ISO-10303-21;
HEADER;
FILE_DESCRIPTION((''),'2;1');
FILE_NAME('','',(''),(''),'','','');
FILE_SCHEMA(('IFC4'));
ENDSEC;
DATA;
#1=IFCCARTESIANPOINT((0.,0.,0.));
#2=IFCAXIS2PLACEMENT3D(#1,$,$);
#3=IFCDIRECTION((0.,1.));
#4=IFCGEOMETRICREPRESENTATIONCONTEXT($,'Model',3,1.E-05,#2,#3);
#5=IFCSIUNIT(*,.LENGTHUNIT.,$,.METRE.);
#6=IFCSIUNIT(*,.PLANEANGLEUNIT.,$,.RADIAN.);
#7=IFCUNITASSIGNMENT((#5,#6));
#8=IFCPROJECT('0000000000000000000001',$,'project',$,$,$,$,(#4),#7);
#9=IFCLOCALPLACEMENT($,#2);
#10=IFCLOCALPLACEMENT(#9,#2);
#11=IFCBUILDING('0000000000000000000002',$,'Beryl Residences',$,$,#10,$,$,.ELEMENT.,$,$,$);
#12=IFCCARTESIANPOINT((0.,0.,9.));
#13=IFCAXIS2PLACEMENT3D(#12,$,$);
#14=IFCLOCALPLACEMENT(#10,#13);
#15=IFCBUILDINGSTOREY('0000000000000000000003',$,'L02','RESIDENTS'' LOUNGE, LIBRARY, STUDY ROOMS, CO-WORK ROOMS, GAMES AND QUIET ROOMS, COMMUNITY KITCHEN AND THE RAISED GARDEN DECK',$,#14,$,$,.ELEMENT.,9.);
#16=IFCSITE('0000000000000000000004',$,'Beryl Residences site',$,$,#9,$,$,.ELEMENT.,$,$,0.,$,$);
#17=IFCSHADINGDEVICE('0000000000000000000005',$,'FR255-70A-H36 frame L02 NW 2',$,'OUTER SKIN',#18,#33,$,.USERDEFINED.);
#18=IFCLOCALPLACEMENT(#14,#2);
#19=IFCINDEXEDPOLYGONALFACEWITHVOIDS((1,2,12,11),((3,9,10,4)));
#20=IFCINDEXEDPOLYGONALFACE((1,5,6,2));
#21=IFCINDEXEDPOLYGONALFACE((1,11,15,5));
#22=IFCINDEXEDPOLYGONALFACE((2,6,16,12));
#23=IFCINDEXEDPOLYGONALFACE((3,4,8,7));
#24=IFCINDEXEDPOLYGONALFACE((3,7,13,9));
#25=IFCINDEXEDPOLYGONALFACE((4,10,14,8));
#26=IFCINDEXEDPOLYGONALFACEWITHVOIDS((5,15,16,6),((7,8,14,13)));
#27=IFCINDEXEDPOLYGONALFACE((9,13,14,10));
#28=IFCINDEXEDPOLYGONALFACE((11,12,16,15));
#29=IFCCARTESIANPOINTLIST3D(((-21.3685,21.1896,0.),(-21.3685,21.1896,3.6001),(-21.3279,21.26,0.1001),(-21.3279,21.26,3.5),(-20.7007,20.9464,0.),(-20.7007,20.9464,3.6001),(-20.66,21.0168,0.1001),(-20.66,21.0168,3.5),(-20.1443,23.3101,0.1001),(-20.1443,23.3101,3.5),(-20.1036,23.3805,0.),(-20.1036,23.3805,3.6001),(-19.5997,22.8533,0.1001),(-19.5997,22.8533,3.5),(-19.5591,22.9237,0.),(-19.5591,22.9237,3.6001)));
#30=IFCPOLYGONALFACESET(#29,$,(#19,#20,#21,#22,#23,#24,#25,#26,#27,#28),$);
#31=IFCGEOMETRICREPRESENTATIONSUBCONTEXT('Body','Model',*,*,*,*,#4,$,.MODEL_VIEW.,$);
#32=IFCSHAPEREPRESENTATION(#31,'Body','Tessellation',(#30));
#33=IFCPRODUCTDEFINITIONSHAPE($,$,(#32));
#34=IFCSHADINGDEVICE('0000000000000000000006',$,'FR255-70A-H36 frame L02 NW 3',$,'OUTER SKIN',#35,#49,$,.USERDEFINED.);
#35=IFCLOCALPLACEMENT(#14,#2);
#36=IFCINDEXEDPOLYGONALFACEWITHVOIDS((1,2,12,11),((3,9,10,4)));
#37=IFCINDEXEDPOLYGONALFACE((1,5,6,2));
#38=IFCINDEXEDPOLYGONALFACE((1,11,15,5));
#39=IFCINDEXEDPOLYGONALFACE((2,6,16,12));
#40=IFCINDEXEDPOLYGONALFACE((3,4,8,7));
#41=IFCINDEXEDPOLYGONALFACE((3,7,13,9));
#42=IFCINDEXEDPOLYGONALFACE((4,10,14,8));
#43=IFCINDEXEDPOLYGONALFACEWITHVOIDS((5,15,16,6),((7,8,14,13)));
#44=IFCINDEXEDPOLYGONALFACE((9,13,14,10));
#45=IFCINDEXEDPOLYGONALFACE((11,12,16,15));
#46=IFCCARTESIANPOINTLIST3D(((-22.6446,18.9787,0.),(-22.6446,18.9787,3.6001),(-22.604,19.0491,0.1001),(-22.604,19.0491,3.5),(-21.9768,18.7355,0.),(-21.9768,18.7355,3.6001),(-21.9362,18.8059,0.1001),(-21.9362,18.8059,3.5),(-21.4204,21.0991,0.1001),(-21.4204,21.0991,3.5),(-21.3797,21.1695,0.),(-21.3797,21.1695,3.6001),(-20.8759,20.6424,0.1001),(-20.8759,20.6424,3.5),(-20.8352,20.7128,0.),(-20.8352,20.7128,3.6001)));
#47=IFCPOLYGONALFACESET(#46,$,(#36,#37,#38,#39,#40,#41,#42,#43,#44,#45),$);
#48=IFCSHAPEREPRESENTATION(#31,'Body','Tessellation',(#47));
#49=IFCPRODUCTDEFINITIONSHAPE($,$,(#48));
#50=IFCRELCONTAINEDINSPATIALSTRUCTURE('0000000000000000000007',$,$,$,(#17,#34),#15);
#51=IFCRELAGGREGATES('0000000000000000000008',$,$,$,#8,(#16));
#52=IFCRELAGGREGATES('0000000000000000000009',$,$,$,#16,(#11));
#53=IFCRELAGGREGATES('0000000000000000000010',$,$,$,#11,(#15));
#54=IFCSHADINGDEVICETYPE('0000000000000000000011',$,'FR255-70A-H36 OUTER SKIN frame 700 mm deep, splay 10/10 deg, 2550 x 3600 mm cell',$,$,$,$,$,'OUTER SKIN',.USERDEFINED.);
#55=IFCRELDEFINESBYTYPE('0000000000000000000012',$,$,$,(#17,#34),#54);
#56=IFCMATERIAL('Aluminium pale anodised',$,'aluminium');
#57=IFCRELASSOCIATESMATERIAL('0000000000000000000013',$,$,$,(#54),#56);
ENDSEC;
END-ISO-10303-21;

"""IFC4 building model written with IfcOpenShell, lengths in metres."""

from ifc_helpers import new_model, entity, si_unit, direction, frame, origin, place, context, subcontext, project, spatial, source, transform, mapped, material, type_object, type_shapes, element, save


model = new_model("IFC4")

# Units and contexts
model_context = context("Model", 3, precision=1e-05, world=origin(), true_north=direction((0.0, 1.0)))
body_context = subcontext(model_context, "Body", "Model", "MODEL_VIEW")
ifc_project = project(units=[si_unit("LENGTHUNIT", "METRE"), si_unit("PLANEANGLEUNIT", "RADIAN")], contexts=[model_context])

# Site, building, storey
site_placement = place(None, origin())
site = spatial("IfcSite", under=ifc_project, at=site_placement, Name="Beryl Residences site", CompositionType="ELEMENT", RefElevation=0.0)
building_placement = place(site_placement, origin())
building = spatial("IfcBuilding", under=site, at=building_placement, Name="Beryl Residences", CompositionType="ELEMENT")
storey_placement = place(building_placement, frame((0.0, 0.0, 9.0)))
storey = spatial("IfcBuildingStorey", under=building, at=storey_placement, Name="L02", Description="RESIDENTS' LOUNGE, LIBRARY, STUDY ROOMS, CO-WORK ROOMS, GAMES AND QUIET ROOMS, COMMUNITY KITCHEN AND THE RAISED GARDEN DECK", CompositionType="ELEMENT", Elevation=9.0)

# Shading devices
ifc_material_1 = material(Name="Aluminium pale anodised", Category="aluminium")
shading_device_type = type_object("IfcShadingDeviceType", Name="FR255-70A-H36 OUTER SKIN frame 700 mm deep, splay 10/10 deg, 2550 x 3600 mm cell", ElementType="OUTER SKIN", PredefinedType="USERDEFINED", material=ifc_material_1)
cartesian_point_1 = entity("IfcCartesianPoint", [-1.1416, 0.0])
cartesian_point_2 = entity("IfcCartesianPoint", [-1.0603, 0.1001])
cartesian_point_3 = entity("IfcCartesianPoint", [-1.2649, 0.0])
cartesian_point_4 = entity("IfcCartesianPoint", [-1.1836, 0.1001])
shared_shape = source(origin(), body_context, "Body", "SweptSolid", [
    entity("IfcExtrudedAreaSolidTapered", entity("IfcArbitraryProfileDefWithVoids", "AREA", None, entity("IfcPolyline", [cartesian_point_1, entity("IfcCartesianPoint", [1.1416, 0.0]), entity("IfcCartesianPoint", [1.1416, 3.6001]), entity("IfcCartesianPoint", [-1.1416, 3.6001]), cartesian_point_1]), [entity("IfcPolyline", [cartesian_point_2, entity("IfcCartesianPoint", [1.0603, 0.1001]), entity("IfcCartesianPoint", [1.0603, 3.5]), entity("IfcCartesianPoint", [-1.0603, 3.5]), cartesian_point_2])]), entity("IfcAxis2Placement3D", entity("IfcCartesianPoint", [0.0, 0.0, 0.0]), entity("IfcDirection", [0.0, 1.0, 0.0]), entity("IfcDirection", [-1.0, 0.0, 0.0])), entity("IfcDirection", [0.0, 0.0, 1.0]), 0.7, entity("IfcArbitraryProfileDefWithVoids", "AREA", None, entity("IfcPolyline", [cartesian_point_3, entity("IfcCartesianPoint", [1.2649, 0.0]), entity("IfcCartesianPoint", [1.2649, 3.6001]), entity("IfcCartesianPoint", [-1.2649, 3.6001]), cartesian_point_3]), [entity("IfcPolyline", [cartesian_point_4, entity("IfcCartesianPoint", [1.1836, 0.1001]), entity("IfcCartesianPoint", [1.1836, 3.5]), entity("IfcCartesianPoint", [-1.1836, 3.5]), cartesian_point_4])])),
])
type_shapes(shading_device_type, [shared_shape])
for number, where, z_axis, x_axis, name in (
    (1, (-20.1299, 21.9351, 0.0), (0.0, 0.0, 1.0), (0.5, 0.866025, 0.0), "FR255-70A-H36 frame L02 NW 2"),
    (2, (-21.406, 19.7241, 0.0), (0.0, 0.0, 1.0), (0.5, 0.866025, 0.0), "FR255-70A-H36 frame L02 NW 3"),
):
    element("IfcShadingDevice", number, at=place(storey_placement, frame(where, z_axis=z_axis, x_axis=x_axis)), inside=storey, type_object=shading_device_type, Name=name, ObjectType="OUTER SKIN", PredefinedType="USERDEFINED", context=body_context, shape_type="MappedRepresentation", body=[
        mapped(shared_shape, transform((0.0, 0.0, 0.0))),
    ])

save(model, "model.ifc")
